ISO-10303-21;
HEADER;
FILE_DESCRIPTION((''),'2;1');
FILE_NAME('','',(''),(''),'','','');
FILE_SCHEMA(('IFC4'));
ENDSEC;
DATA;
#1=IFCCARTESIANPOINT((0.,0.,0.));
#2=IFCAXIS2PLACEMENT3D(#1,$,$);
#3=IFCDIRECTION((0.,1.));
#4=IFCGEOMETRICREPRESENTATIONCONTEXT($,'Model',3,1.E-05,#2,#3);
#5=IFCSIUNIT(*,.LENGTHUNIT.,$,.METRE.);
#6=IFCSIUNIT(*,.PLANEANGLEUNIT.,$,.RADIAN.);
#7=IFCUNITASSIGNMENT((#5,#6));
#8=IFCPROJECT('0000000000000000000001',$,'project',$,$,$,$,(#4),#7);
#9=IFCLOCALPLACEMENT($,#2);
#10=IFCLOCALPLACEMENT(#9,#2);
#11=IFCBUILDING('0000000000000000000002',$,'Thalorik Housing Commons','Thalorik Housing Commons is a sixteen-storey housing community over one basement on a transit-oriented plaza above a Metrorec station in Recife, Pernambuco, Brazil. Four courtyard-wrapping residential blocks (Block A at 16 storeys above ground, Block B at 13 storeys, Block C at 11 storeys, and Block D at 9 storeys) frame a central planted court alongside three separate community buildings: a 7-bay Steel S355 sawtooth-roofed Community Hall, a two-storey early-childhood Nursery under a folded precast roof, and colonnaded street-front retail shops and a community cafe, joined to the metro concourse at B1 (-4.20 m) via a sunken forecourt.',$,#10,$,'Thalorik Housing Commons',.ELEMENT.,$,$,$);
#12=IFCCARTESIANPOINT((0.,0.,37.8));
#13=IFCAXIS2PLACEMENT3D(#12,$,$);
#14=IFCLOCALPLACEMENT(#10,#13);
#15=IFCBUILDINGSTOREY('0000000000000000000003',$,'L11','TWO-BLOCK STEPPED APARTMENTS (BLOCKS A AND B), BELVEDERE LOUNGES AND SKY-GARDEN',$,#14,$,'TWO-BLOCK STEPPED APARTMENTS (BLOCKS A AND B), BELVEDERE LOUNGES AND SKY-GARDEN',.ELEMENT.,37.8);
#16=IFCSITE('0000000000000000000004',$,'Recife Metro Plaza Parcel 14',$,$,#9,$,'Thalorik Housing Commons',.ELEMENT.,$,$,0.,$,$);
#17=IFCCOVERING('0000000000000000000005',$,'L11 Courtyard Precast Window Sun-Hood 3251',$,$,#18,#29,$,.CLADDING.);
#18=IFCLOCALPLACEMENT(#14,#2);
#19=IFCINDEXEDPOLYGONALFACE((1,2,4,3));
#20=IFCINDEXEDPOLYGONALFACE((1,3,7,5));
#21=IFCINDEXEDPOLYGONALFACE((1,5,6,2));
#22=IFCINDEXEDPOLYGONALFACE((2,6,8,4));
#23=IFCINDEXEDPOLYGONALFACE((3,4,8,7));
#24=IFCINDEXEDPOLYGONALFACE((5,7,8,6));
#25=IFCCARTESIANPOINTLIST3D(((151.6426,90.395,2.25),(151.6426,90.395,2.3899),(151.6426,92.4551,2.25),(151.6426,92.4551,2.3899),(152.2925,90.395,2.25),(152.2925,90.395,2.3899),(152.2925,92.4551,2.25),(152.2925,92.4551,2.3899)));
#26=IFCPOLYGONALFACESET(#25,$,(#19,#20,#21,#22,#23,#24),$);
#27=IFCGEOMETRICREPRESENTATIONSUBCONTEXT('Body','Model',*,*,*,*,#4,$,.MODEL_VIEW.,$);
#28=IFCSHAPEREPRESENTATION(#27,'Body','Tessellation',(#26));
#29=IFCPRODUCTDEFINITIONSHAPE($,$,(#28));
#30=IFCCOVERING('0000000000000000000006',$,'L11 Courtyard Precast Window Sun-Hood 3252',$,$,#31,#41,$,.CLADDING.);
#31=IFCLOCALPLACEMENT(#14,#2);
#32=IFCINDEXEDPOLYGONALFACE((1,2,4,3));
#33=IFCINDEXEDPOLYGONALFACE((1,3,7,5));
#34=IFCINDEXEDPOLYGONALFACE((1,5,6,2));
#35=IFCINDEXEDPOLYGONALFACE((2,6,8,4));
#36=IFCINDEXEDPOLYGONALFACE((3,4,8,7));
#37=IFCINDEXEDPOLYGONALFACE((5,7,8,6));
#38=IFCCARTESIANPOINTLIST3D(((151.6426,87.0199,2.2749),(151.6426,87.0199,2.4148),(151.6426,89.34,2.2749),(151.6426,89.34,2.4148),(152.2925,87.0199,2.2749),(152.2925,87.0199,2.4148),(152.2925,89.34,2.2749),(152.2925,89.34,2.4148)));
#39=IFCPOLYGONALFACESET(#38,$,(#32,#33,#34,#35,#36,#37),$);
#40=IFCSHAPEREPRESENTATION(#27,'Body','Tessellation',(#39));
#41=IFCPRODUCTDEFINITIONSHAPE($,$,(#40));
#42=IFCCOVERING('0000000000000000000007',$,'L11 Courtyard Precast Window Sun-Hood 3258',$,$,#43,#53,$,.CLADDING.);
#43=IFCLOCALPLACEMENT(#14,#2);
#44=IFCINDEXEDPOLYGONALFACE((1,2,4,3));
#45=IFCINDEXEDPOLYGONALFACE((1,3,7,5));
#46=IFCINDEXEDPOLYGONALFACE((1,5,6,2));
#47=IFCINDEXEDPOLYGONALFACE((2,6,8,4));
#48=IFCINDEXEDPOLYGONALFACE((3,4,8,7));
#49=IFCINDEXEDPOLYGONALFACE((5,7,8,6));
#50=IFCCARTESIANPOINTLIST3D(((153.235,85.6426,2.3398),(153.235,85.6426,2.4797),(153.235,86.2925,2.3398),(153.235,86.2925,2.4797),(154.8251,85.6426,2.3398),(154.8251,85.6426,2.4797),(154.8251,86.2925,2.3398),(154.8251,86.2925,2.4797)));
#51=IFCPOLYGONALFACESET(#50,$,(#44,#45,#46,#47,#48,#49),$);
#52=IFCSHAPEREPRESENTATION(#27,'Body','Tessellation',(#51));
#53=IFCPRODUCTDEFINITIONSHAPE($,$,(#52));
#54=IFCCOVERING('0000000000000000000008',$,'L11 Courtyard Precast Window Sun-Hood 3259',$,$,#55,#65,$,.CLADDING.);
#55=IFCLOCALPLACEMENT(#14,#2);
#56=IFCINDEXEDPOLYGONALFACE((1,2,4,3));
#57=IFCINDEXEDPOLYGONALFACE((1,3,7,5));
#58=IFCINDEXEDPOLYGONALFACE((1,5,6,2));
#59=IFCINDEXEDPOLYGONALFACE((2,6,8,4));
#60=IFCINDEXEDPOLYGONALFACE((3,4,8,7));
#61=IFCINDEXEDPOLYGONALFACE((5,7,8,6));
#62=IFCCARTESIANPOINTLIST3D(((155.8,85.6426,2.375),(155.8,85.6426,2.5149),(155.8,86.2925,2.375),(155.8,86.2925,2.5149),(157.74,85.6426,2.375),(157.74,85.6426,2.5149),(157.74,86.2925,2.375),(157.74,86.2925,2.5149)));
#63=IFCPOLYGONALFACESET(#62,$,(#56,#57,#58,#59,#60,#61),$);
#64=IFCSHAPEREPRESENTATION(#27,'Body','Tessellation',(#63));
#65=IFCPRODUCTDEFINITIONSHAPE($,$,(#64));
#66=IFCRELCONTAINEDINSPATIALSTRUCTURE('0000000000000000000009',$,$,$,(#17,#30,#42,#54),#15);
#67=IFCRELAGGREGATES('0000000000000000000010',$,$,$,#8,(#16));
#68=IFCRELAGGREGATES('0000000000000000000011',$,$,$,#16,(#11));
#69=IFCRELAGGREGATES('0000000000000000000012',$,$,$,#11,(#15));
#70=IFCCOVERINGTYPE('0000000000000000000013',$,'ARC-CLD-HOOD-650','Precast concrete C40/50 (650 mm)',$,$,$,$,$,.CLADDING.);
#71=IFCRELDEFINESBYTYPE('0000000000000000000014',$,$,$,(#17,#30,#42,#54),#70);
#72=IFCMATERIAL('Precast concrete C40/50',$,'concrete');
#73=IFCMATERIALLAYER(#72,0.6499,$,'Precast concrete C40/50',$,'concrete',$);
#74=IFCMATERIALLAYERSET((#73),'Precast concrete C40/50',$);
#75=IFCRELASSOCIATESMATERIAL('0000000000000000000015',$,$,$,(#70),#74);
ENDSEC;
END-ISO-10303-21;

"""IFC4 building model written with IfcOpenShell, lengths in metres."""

from ifc_helpers import new_model, si_unit, direction, frame, origin, origin_2d, place, context, subcontext, project, spatial, rectangle, extrude, material, layer, layer_set, type_object, element, save


model = new_model("IFC4")

# Units and contexts
model_context = context("Model", 3, precision=1e-05, world=origin(), true_north=direction((0.0, 1.0)))
body_context = subcontext(model_context, "Body", "Model", "MODEL_VIEW")
ifc_project = project(units=[si_unit("LENGTHUNIT", "METRE"), si_unit("PLANEANGLEUNIT", "RADIAN")], contexts=[model_context])

# Site, building, storey
site_placement = place(None, origin())
site = spatial("IfcSite", under=ifc_project, at=site_placement, Name="Recife Metro Plaza Parcel 14", LongName="Thalorik Housing Commons", CompositionType="ELEMENT", RefElevation=0.0)
building_placement = place(site_placement, origin())
building = spatial("IfcBuilding", under=site, at=building_placement, Name="Thalorik Housing Commons", Description="Thalorik Housing Commons is a sixteen-storey housing community over one basement on a transit-oriented plaza above a Metrorec station in Recife, Pernambuco, Brazil. Four courtyard-wrapping residential blocks (Block A at 16 storeys above ground, Block B at 13 storeys, Block C at 11 storeys, and Block D at 9 storeys) frame a central planted court alongside three separate community buildings: a 7-bay Steel S355 sawtooth-roofed Community Hall, a two-storey early-childhood Nursery under a folded precast roof, and colonnaded street-front retail shops and a community cafe, joined to the metro concourse at B1 (-4.20 m) via a sunken forecourt.", LongName="Thalorik Housing Commons", CompositionType="ELEMENT")
storey_placement = place(building_placement, frame((0.0, 0.0, 37.8)))
storey = spatial("IfcBuildingStorey", under=building, at=storey_placement, Name="L11", Description="TWO-BLOCK STEPPED APARTMENTS (BLOCKS A AND B), BELVEDERE LOUNGES AND SKY-GARDEN", LongName="TWO-BLOCK STEPPED APARTMENTS (BLOCKS A AND B), BELVEDERE LOUNGES AND SKY-GARDEN", CompositionType="ELEMENT", Elevation=37.8)

# Shared definitions
ifc_material_1 = material(Name="Precast concrete C40/50", Category="concrete")

# Coverings
ifc_layer_1 = layer(ifc_material_1, 0.6499, Name="Precast concrete C40/50", Category="concrete")
ifc_layer_set_1 = layer_set([ifc_layer_1], Name="Precast concrete C40/50")
covering_type_1 = type_object("IfcCoveringType", Name="ARC-CLD-HOOD-650", Description="Precast concrete C40/50 (650 mm)", PredefinedType="CLADDING", material=ifc_layer_set_1)
covering_1_placement = place(storey_placement, frame((151.9675, 91.425, 2.25), z_axis=(0.0, 0.0, 1.0), x_axis=(0.0, -1.0, 0.0)))
element("IfcCovering", 1, at=covering_1_placement, inside=storey, type_object=covering_type_1, Name="L11 Courtyard Precast Window Sun-Hood 3251", PredefinedType="CLADDING", context=body_context, shape_type="SweptSolid", body=[
    extrude(rectangle(XDim=2.0601, YDim=0.6499, at=origin_2d()), origin(), (0.0, 0.0, 1.0), 0.1399),
])
covering_2_placement = place(storey_placement, frame((151.9675, 88.1799, 2.2749), z_axis=(0.0, 0.0, 1.0), x_axis=(0.0, -1.0, 0.0)))
element("IfcCovering", 2, at=covering_2_placement, inside=storey, type_object=covering_type_1, Name="L11 Courtyard Precast Window Sun-Hood 3252", PredefinedType="CLADDING", context=body_context, shape_type="SweptSolid", body=[
    extrude(rectangle(XDim=2.3201, YDim=0.6499, at=origin_2d()), origin(), (0.0, 0.0, 1.0), 0.1399),
])
covering_3_placement = place(storey_placement, frame((154.03, 85.9675, 2.3398), z_axis=(0.0, 0.0, 1.0), x_axis=(1.0, 0.0, 0.0)))
element("IfcCovering", 3, at=covering_3_placement, inside=storey, type_object=covering_type_1, Name="L11 Courtyard Precast Window Sun-Hood 3258", PredefinedType="CLADDING", context=body_context, shape_type="SweptSolid", body=[
    extrude(rectangle(XDim=1.5901, YDim=0.6499, at=origin_2d()), origin(), (0.0, 0.0, 1.0), 0.1399),
])
covering_4_placement = place(storey_placement, frame((156.77, 85.9675, 2.375), z_axis=(0.0, 0.0, 1.0), x_axis=(1.0, 0.0, 0.0)))
element("IfcCovering", 4, at=covering_4_placement, inside=storey, type_object=covering_type_1, Name="L11 Courtyard Precast Window Sun-Hood 3259", PredefinedType="CLADDING", context=body_context, shape_type="SweptSolid", body=[
    extrude(rectangle(XDim=1.9399, YDim=0.6499, at=origin_2d()), origin(), (0.0, 0.0, 1.0), 0.1399),
])

save(model, "model.ifc")
